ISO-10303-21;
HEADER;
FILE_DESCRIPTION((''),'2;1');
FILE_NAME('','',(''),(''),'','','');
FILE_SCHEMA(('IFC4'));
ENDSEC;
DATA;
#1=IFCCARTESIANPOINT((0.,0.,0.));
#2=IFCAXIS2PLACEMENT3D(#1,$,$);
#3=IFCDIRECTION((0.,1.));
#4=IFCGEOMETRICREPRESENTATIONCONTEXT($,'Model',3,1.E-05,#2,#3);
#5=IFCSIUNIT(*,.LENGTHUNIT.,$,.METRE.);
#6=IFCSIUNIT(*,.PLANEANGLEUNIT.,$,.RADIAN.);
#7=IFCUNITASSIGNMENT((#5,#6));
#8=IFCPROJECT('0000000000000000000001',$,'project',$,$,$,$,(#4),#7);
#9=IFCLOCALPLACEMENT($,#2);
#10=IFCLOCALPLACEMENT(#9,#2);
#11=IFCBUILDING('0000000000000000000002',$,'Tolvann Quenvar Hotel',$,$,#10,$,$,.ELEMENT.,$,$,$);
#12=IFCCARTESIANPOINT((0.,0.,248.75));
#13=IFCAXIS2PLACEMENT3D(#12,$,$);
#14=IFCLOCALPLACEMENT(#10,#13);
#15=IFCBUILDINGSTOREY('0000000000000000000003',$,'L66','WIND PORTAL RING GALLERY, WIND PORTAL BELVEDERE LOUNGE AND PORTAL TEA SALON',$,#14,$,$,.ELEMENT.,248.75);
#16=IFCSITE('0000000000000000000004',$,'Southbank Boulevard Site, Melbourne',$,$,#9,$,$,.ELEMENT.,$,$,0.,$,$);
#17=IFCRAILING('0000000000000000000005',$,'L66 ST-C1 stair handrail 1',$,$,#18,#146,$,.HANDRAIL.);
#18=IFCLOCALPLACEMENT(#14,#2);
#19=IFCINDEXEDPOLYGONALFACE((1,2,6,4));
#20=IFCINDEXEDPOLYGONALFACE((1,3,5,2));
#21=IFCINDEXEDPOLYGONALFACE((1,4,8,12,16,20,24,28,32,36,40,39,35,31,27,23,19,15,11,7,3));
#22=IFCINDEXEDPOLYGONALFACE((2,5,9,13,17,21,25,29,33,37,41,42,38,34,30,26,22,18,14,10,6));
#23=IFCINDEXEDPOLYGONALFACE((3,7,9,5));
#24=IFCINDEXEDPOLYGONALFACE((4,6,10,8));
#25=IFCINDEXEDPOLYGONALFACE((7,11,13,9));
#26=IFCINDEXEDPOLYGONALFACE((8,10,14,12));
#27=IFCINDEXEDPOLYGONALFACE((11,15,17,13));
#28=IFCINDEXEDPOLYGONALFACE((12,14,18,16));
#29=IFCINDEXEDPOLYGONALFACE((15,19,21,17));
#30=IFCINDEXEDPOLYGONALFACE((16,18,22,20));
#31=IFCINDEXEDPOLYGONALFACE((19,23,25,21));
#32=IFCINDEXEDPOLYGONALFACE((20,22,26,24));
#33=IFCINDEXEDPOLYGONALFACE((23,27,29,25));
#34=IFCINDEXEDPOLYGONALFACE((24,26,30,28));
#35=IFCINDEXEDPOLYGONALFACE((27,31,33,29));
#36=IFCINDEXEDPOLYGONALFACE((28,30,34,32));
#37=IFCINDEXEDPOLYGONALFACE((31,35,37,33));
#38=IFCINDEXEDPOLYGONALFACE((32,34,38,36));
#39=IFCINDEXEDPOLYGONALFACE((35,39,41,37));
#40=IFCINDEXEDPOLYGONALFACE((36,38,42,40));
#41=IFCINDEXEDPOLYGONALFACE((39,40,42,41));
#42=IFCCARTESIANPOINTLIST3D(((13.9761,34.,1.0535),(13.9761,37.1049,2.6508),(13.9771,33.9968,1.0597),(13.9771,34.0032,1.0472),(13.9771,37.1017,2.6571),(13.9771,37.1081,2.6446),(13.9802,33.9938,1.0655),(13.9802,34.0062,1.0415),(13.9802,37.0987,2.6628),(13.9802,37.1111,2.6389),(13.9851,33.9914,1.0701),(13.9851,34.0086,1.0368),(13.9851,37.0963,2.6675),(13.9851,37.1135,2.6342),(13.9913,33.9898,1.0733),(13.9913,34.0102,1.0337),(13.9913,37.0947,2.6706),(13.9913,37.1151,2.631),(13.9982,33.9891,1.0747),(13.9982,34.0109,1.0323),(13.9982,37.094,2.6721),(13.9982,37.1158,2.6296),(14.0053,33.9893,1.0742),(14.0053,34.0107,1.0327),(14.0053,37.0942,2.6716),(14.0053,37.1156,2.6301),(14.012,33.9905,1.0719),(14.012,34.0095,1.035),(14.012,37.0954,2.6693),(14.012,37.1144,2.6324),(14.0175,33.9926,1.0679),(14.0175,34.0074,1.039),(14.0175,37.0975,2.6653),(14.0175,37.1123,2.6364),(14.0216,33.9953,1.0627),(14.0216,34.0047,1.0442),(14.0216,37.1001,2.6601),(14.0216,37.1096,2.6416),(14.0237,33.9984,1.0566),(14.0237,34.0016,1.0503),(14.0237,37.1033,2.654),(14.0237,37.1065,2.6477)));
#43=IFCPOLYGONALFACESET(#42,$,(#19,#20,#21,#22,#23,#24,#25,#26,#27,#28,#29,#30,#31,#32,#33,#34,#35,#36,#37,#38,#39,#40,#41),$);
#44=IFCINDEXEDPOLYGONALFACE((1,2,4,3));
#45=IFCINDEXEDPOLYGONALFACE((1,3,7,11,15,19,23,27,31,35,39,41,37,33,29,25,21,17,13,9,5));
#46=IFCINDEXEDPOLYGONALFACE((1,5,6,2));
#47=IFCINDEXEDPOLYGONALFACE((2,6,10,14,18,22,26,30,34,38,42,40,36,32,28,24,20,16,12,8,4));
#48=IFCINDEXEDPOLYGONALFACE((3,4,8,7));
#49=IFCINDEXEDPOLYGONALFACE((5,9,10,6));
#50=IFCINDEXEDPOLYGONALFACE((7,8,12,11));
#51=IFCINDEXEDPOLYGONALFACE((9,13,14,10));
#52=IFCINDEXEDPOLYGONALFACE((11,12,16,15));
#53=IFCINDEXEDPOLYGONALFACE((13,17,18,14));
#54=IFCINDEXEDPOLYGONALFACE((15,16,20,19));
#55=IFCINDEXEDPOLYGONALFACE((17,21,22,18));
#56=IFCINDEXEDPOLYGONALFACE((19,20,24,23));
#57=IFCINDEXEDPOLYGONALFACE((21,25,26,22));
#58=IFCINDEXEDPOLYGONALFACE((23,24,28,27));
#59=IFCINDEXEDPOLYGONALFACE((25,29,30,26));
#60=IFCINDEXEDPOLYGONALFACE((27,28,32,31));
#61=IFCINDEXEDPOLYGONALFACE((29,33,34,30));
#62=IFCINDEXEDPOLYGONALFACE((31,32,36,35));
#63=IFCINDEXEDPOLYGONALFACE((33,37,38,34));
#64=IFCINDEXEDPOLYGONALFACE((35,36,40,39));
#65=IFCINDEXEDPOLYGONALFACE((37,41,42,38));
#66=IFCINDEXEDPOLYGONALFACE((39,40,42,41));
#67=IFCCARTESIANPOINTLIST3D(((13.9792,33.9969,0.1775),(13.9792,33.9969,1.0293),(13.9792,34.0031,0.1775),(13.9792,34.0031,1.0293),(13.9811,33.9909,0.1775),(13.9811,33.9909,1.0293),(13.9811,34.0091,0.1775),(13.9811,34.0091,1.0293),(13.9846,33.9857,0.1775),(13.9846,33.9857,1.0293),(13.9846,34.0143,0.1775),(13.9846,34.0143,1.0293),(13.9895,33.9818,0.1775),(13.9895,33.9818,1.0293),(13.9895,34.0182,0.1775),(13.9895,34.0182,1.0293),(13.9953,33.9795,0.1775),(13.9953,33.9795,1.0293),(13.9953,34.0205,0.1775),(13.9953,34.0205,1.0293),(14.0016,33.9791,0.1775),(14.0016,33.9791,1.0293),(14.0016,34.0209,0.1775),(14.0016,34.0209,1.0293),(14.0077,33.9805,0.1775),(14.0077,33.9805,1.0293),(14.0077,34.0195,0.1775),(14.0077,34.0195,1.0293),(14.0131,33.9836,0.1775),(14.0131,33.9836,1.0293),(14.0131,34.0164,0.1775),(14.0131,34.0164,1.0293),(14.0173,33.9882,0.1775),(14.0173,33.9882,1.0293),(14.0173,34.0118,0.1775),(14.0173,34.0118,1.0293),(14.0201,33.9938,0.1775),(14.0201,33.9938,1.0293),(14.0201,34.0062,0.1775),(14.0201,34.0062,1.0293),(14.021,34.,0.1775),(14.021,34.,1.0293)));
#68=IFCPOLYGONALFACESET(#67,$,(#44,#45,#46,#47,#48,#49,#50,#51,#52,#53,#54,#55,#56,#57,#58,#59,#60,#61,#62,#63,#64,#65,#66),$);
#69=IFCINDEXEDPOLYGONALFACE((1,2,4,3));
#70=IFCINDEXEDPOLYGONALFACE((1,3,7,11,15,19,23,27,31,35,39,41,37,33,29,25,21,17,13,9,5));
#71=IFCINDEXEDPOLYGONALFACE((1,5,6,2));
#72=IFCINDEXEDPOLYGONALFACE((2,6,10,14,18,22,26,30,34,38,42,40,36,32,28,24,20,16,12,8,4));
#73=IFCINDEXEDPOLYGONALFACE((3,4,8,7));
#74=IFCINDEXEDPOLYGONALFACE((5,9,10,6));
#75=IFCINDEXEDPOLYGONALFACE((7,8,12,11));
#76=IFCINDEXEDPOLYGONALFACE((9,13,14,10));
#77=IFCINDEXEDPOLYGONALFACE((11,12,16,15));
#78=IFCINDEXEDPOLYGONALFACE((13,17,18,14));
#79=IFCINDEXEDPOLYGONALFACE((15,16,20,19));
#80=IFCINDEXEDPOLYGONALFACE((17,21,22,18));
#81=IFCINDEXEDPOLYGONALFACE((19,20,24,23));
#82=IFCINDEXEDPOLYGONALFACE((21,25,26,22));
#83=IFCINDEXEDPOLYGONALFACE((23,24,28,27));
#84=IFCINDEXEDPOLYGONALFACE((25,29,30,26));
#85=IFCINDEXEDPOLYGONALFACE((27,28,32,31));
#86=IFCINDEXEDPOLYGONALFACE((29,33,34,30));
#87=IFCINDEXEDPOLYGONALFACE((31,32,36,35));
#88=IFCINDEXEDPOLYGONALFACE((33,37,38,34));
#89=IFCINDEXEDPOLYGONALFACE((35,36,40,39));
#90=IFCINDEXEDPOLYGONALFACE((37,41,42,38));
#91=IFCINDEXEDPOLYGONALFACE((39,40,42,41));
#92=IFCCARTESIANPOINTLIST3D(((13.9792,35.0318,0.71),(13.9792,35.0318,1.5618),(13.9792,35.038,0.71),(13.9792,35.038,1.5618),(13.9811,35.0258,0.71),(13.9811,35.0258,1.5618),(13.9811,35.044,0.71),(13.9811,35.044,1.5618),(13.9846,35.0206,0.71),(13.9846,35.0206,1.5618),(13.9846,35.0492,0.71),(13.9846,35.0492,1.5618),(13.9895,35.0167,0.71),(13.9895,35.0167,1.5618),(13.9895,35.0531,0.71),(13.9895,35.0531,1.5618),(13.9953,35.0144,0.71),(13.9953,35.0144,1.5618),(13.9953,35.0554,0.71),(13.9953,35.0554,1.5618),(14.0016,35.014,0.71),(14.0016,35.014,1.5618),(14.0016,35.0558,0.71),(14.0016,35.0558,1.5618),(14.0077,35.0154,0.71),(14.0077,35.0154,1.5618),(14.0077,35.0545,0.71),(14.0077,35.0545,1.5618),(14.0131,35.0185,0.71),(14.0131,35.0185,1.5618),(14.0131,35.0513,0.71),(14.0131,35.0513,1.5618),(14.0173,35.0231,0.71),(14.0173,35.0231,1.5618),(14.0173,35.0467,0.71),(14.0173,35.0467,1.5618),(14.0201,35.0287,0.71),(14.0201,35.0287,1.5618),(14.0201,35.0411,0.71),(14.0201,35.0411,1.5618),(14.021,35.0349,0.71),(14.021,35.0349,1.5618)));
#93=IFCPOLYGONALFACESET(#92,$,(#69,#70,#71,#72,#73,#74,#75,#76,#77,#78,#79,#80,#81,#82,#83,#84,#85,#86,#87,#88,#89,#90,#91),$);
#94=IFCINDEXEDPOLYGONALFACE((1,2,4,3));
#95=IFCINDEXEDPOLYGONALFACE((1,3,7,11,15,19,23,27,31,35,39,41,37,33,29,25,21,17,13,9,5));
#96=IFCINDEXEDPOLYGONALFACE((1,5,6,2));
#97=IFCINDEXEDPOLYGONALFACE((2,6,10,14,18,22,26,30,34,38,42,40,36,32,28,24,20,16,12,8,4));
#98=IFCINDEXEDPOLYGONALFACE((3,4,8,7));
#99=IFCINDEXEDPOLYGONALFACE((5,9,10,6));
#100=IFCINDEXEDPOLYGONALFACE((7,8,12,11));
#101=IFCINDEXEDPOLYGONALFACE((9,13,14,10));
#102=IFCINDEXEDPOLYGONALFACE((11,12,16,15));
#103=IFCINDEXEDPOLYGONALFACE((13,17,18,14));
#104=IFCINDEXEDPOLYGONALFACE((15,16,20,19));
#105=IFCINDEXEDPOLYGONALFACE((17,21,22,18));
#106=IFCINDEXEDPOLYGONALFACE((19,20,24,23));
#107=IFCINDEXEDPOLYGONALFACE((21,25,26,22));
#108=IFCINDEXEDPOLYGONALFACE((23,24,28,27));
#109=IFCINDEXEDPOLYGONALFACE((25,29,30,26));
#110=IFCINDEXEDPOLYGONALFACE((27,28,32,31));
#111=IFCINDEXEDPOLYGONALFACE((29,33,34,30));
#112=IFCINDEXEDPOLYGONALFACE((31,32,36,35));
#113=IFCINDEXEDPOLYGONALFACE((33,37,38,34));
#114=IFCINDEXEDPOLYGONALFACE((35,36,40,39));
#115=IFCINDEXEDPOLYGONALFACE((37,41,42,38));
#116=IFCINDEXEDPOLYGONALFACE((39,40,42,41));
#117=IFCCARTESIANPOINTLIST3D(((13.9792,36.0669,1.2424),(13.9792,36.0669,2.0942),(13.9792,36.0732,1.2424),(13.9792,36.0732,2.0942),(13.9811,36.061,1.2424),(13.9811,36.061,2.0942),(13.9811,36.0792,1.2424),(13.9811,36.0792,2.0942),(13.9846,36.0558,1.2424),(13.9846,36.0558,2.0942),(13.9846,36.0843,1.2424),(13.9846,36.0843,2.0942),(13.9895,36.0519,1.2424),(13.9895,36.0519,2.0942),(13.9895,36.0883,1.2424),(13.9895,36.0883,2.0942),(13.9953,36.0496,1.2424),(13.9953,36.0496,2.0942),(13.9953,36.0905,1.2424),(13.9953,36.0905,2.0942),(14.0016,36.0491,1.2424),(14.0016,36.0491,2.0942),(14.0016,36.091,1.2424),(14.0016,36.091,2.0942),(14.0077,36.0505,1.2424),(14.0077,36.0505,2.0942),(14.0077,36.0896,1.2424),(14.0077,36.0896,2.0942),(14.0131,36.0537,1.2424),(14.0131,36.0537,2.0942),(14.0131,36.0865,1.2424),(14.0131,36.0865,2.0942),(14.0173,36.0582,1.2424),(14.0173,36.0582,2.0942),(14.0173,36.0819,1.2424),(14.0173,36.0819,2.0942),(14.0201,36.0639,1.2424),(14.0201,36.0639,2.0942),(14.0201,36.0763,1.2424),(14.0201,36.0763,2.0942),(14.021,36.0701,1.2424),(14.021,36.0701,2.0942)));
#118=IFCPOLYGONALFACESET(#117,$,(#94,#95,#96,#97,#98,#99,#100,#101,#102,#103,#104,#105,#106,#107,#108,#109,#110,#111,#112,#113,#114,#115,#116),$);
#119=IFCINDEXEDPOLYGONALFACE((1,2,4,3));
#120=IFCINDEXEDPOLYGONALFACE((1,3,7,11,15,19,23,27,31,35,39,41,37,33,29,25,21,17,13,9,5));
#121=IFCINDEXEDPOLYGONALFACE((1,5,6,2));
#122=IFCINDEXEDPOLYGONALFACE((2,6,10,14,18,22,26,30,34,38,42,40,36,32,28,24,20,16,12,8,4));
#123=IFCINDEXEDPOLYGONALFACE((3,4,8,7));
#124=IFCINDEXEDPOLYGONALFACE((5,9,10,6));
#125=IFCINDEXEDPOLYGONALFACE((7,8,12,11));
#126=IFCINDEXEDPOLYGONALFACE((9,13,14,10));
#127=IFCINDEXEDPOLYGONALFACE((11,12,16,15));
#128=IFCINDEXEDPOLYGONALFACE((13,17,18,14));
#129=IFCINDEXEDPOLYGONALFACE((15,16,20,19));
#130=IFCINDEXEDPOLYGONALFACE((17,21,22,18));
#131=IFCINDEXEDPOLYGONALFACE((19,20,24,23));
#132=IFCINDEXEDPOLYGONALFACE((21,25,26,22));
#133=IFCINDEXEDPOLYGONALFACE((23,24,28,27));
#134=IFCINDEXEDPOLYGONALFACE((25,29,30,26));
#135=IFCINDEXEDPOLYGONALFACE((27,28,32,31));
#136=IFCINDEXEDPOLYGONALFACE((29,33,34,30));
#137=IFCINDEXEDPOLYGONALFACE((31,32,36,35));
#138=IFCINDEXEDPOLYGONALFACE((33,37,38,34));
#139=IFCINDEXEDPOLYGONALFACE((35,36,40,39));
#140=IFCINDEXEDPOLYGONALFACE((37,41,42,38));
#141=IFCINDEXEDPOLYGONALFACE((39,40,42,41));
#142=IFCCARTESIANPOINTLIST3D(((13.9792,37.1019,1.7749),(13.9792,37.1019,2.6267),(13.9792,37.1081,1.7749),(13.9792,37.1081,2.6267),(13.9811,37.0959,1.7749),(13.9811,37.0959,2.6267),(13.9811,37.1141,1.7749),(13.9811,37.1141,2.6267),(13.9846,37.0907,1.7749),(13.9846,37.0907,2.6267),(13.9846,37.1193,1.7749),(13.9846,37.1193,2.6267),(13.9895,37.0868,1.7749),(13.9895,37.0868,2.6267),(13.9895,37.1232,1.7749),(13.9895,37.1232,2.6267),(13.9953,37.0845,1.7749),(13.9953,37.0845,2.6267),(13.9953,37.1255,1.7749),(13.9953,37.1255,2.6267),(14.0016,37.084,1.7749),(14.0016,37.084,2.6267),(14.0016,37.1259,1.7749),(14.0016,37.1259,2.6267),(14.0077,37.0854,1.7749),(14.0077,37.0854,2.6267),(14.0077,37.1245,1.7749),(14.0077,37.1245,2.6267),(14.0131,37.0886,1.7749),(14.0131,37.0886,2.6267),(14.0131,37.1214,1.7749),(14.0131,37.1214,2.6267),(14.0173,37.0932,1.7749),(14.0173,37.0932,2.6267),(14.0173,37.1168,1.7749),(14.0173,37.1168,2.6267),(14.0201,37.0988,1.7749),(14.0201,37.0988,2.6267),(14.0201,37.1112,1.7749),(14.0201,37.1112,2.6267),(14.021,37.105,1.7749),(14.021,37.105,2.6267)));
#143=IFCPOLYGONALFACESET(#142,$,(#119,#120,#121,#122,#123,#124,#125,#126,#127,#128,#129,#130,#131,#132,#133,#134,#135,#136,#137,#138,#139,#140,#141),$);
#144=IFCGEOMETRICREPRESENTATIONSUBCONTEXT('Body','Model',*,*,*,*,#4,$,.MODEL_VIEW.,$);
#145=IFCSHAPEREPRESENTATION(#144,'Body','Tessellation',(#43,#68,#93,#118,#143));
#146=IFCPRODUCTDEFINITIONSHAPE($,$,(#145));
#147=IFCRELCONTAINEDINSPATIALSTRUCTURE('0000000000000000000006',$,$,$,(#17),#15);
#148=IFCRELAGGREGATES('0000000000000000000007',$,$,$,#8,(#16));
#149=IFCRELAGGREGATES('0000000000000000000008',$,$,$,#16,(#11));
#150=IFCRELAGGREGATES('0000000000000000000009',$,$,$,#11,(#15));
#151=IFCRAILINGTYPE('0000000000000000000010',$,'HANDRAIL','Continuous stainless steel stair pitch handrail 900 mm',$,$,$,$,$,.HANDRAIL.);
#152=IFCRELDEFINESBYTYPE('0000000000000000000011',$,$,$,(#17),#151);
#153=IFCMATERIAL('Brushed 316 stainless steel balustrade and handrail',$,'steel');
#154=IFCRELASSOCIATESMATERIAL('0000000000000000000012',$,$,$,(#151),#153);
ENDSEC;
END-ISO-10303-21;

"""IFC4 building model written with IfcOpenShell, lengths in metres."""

from ifc_helpers import new_model, si_unit, direction, frame, origin, origin_2d, place, context, subcontext, project, spatial, circle, extrude, material, type_object, element, save


model = new_model("IFC4")

# Units and contexts
model_context = context("Model", 3, precision=1e-05, world=origin(), true_north=direction((0.0, 1.0)))
body_context = subcontext(model_context, "Body", "Model", "MODEL_VIEW")
ifc_project = project(units=[si_unit("LENGTHUNIT", "METRE"), si_unit("PLANEANGLEUNIT", "RADIAN")], contexts=[model_context])

# Site, building, storey
site_placement = place(None, origin())
site = spatial("IfcSite", under=ifc_project, at=site_placement, Name="Southbank Boulevard Site, Melbourne", CompositionType="ELEMENT", RefElevation=0.0)
building_placement = place(site_placement, origin())
building = spatial("IfcBuilding", under=site, at=building_placement, Name="Tolvann Quenvar Hotel", CompositionType="ELEMENT")
storey_placement = place(building_placement, frame((0.0, 0.0, 248.75)))
storey = spatial("IfcBuildingStorey", under=building, at=storey_placement, Name="L66", Description="WIND PORTAL RING GALLERY, WIND PORTAL BELVEDERE LOUNGE AND PORTAL TEA SALON", CompositionType="ELEMENT", Elevation=248.75)

# Railing
ifc_material_1 = material(Name="Brushed 316 stainless steel balustrade and handrail", Category="steel")
railing_type_1 = type_object("IfcRailingType", Name="HANDRAIL", Description="Continuous stainless steel stair pitch handrail 900 mm", PredefinedType="HANDRAIL", material=ifc_material_1)
railing_1_placement = place(storey_placement, frame((14.0, 34.0, 0.1775)))
element("IfcRailing", 1, at=railing_1_placement, inside=storey, type_object=railing_type_1, Name="L66 ST-C1 stair handrail 1", PredefinedType="HANDRAIL", context=body_context, shape_type="SweptSolid", body=[
    extrude(circle(Radius=0.0239, at=origin_2d()), frame((0.0, 0.0, 0.876), z_axis=(0.0, 0.889222, 0.457476), x_axis=(-1.0, 0.0, 0.0)), (0.0, 0.0, 1.0), 3.4917),
    extrude(circle(Radius=0.021, at=origin_2d()), origin(), (0.0, 0.0, 1.0), 0.8518),
    extrude(circle(Radius=0.021, at=origin_2d()), frame((0.0, 1.0349, 0.5325)), (0.0, 0.0, 1.0), 0.8518),
    extrude(circle(Radius=0.021, at=origin_2d()), frame((0.0, 2.0701, 1.0649)), (0.0, 0.0, 1.0), 0.8518),
    extrude(circle(Radius=0.021, at=origin_2d()), frame((0.0, 3.105, 1.5974)), (0.0, 0.0, 1.0), 0.8518),
])

save(model, "model.ifc")
